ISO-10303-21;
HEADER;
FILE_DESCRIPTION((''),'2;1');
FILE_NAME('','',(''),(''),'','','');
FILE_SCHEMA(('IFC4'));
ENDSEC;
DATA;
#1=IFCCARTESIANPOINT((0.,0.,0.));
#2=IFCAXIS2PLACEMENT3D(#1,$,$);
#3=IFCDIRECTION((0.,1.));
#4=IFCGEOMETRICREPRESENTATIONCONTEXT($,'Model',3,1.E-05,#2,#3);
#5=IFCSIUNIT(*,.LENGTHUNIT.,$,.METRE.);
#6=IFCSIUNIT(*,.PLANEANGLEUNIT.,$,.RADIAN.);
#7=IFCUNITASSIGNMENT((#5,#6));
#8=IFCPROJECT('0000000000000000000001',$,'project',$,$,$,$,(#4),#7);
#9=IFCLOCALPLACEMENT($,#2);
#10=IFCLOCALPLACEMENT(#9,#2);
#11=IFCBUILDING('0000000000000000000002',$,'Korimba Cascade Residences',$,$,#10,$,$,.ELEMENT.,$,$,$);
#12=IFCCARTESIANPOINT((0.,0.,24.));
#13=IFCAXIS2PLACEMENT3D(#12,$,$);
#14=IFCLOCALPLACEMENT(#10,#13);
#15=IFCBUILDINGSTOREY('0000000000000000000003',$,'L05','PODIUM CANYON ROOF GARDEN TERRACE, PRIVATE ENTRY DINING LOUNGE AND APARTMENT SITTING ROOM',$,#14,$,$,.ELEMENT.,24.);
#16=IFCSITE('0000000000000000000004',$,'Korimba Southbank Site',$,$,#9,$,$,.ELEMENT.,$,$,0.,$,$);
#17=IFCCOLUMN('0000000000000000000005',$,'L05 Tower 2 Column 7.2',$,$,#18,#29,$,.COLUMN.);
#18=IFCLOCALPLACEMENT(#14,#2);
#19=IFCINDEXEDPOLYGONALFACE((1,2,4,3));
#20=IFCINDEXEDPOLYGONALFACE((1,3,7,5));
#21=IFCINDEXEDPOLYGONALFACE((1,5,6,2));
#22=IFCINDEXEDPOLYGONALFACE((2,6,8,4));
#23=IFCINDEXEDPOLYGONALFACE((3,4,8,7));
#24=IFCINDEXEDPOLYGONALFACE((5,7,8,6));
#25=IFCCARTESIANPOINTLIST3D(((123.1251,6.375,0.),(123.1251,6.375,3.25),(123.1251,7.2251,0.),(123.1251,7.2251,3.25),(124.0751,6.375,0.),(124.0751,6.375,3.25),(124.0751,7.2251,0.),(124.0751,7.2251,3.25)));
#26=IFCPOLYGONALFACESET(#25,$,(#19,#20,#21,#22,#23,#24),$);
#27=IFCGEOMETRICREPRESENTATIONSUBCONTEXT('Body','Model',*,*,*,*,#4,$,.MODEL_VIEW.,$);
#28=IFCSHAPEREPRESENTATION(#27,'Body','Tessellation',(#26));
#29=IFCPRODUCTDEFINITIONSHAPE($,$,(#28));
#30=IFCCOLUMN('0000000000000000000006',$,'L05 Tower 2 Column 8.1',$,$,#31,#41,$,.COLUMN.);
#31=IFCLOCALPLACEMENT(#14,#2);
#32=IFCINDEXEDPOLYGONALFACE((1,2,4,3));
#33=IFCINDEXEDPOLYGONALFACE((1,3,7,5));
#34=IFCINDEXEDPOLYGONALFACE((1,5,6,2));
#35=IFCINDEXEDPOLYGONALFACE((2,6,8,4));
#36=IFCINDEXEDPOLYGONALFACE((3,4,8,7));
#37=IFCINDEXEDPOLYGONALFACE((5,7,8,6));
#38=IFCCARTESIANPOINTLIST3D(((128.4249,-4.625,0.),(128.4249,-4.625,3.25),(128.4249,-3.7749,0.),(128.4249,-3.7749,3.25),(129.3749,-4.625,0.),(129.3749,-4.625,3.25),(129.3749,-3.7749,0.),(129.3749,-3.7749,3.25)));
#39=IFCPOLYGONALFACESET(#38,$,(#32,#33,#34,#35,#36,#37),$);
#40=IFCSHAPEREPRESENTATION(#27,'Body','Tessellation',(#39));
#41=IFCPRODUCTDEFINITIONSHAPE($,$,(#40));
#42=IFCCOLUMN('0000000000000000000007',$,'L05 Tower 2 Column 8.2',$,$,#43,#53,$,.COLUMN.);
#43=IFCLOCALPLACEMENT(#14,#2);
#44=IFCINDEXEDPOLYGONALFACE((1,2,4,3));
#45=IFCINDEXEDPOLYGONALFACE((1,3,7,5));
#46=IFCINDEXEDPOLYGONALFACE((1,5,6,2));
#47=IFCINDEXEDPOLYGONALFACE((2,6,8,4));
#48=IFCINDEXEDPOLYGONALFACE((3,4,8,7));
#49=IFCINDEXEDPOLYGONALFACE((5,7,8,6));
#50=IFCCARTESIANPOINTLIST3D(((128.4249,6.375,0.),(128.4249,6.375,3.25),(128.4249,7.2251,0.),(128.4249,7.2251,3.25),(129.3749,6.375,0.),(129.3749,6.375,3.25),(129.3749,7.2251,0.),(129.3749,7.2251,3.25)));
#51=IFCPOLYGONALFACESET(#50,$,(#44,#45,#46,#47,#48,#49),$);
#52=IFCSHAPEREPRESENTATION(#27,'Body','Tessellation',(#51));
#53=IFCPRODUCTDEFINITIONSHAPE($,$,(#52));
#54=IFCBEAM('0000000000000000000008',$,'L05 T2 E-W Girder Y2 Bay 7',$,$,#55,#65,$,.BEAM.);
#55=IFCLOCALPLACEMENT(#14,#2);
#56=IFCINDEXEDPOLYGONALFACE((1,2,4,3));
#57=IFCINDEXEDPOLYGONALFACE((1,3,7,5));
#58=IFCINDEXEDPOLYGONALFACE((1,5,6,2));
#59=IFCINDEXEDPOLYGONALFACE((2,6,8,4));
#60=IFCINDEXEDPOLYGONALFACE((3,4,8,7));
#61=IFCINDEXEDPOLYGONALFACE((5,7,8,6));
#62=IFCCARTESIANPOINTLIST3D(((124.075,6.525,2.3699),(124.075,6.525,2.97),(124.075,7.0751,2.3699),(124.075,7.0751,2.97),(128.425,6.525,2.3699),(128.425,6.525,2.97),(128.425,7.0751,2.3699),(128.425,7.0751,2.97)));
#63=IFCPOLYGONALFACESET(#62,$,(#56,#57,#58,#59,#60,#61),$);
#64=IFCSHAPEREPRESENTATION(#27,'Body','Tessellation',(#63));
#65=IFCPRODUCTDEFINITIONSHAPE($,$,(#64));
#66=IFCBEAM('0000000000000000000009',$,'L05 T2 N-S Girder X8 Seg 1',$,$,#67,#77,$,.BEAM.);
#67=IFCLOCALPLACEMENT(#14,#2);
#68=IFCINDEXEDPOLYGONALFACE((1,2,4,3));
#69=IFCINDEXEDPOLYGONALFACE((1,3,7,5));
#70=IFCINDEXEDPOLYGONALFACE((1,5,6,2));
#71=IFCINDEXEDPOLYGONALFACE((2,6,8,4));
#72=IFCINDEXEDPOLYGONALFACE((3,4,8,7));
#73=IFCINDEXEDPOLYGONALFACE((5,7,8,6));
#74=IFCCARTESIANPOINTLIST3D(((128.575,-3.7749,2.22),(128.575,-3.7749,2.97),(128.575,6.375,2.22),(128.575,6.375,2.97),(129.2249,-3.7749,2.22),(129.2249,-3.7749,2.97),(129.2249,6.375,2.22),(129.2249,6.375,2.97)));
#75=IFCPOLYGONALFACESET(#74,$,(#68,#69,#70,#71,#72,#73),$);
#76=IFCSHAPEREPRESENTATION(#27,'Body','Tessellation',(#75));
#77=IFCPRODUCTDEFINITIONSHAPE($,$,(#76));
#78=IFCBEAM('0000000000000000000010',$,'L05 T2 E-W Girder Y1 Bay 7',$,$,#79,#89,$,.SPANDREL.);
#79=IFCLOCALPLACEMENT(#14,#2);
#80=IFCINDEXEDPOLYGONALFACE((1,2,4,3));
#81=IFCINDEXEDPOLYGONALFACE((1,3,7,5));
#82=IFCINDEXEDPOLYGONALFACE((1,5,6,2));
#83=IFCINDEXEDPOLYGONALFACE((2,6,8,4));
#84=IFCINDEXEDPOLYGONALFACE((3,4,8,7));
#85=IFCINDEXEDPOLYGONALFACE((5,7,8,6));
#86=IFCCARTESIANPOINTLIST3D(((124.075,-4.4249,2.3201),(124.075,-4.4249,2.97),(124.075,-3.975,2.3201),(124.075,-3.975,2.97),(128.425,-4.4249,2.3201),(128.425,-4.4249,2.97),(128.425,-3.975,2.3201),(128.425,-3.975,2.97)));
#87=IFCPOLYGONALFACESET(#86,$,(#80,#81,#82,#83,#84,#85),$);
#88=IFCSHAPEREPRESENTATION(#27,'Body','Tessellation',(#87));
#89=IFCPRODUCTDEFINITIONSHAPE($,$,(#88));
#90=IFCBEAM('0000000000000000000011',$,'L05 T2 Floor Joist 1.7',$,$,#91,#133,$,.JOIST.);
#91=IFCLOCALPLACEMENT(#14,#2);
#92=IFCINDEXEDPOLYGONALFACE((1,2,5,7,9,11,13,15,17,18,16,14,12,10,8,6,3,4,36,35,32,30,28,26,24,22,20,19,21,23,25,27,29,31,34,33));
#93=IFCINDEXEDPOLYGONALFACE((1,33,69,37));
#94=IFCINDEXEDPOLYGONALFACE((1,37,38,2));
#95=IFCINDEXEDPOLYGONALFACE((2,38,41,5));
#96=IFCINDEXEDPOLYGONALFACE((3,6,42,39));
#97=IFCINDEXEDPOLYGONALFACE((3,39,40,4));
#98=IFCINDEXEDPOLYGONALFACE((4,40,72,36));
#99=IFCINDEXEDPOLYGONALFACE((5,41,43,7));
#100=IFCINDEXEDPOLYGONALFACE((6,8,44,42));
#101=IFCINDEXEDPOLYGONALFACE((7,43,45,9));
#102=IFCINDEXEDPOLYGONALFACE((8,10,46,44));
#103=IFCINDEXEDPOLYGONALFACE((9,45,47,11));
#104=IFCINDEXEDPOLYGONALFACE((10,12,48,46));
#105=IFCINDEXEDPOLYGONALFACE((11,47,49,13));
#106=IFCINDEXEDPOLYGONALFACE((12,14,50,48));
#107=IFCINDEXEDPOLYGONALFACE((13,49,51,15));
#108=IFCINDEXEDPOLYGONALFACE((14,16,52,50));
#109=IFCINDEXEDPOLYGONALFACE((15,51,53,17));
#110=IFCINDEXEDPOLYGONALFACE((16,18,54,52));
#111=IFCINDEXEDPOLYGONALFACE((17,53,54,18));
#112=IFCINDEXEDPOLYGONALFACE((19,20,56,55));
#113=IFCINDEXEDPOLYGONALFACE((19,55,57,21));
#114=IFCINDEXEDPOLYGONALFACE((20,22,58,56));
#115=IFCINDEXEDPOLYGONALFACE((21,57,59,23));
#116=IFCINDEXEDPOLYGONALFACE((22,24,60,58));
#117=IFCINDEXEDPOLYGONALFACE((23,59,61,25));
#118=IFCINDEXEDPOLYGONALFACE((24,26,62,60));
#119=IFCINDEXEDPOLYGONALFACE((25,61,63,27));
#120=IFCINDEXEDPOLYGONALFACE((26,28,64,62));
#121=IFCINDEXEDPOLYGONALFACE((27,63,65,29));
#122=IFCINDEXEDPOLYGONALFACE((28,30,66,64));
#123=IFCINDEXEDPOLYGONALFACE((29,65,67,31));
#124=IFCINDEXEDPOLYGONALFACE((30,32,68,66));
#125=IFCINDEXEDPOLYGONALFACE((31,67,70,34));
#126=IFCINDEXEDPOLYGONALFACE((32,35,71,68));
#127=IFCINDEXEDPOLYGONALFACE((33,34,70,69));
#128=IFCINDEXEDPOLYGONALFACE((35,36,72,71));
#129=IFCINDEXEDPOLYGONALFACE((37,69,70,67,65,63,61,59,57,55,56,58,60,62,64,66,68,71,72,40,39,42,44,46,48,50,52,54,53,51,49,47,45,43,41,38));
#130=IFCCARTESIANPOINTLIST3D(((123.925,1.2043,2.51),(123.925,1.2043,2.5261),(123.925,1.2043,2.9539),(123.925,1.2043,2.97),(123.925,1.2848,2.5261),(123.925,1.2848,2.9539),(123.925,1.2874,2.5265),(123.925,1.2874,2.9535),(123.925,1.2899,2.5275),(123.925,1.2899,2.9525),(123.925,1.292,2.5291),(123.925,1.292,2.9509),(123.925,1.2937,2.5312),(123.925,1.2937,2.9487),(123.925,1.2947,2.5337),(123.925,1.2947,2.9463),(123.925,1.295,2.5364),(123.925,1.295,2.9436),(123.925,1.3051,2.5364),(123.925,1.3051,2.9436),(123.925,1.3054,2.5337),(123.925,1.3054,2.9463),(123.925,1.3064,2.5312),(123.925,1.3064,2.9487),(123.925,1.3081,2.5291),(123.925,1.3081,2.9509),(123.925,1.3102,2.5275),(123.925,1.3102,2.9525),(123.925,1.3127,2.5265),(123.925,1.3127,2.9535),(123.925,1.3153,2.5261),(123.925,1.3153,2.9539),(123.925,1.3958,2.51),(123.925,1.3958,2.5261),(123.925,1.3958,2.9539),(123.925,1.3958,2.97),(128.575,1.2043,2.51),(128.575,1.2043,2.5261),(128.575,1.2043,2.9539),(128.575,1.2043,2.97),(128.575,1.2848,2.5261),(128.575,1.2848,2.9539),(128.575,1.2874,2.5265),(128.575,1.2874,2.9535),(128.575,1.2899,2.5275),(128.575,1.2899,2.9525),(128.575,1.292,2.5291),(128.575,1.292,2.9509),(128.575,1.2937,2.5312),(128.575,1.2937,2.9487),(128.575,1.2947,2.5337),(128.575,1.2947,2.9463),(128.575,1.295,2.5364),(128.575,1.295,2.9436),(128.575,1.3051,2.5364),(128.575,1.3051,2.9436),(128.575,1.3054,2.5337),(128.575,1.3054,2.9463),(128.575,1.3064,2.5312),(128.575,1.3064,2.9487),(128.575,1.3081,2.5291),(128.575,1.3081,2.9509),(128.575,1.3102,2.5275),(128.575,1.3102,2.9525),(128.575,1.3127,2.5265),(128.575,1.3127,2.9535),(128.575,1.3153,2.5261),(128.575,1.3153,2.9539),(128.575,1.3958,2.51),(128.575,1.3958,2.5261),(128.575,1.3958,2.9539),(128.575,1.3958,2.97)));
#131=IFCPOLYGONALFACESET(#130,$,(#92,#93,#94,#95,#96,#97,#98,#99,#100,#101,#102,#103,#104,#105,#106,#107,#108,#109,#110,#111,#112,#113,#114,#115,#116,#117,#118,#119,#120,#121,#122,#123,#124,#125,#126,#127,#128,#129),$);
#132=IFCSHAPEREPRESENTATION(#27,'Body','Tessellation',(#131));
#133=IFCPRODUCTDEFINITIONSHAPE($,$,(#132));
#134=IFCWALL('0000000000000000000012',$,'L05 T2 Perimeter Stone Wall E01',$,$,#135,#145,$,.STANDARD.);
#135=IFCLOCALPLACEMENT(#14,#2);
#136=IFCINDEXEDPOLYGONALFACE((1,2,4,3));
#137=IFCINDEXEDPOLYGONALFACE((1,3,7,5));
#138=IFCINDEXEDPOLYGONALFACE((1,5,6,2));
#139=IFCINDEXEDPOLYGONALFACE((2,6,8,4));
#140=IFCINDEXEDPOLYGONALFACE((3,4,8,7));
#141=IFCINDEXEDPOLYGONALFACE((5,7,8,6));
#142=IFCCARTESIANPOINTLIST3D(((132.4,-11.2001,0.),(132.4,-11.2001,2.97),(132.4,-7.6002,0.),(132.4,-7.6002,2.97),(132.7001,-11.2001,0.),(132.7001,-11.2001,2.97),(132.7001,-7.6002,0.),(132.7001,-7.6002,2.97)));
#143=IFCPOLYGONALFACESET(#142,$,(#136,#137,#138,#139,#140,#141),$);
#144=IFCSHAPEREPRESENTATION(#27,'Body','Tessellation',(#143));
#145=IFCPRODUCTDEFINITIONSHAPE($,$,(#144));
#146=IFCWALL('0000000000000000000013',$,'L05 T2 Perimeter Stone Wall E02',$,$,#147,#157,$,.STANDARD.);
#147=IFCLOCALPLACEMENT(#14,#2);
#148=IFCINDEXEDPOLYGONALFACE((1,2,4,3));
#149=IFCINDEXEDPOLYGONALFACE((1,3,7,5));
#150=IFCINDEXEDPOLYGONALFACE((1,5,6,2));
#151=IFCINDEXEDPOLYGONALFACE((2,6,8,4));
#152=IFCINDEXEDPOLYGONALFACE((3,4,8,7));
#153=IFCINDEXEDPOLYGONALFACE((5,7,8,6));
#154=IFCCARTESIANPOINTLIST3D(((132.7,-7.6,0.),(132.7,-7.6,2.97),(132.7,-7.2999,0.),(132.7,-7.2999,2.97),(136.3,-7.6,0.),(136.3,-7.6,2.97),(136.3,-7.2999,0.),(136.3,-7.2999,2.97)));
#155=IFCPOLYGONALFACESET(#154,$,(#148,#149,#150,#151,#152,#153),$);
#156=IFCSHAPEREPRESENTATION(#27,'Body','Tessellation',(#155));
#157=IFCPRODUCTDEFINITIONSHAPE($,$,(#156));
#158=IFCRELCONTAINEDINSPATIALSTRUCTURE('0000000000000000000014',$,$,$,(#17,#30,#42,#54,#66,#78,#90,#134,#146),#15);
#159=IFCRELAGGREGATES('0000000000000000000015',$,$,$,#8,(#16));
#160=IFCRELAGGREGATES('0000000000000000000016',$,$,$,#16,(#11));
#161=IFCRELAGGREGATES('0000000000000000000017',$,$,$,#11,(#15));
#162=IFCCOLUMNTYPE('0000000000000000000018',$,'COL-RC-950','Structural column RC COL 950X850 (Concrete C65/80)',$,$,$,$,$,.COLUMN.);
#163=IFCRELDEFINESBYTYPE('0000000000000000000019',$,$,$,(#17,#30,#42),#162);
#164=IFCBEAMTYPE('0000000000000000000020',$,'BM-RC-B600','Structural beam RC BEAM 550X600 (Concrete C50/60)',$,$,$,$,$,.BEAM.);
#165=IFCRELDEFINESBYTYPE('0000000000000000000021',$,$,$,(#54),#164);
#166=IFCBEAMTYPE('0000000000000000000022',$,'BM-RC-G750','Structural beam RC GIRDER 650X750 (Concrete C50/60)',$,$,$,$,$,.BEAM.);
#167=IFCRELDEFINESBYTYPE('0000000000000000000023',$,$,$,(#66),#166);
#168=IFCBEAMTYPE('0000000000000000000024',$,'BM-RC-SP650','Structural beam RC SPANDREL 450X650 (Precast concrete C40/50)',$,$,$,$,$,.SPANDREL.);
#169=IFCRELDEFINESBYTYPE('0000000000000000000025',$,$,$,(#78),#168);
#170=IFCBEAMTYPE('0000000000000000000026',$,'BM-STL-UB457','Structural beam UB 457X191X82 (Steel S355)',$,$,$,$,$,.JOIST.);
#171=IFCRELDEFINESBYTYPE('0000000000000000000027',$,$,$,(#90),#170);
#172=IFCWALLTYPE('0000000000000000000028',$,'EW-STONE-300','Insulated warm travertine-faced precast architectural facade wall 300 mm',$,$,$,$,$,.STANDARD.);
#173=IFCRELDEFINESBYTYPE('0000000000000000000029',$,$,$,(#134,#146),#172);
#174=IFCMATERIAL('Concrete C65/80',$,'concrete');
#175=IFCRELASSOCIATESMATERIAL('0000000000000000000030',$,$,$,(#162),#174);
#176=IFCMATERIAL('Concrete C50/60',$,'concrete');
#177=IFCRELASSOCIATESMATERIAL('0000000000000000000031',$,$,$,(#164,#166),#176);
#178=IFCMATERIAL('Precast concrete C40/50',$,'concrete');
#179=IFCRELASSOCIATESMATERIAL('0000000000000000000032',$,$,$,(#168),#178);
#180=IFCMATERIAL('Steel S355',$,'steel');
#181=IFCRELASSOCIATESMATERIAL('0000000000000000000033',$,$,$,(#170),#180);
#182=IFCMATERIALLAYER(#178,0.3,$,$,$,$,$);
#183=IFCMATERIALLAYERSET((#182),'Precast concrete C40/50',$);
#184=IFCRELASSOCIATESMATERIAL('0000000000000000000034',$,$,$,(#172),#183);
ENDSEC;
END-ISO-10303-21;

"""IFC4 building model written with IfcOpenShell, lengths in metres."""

from ifc_helpers import new_model, si_unit, direction, frame, frame_2d, origin, origin_2d, place, context, subcontext, project, spatial, rectangle, i_section, extrude, material, layer, layer_set, material_profile, profile_set, type_object, element, save


model = new_model("IFC4")

# Units and contexts
model_context = context("Model", 3, precision=1e-05, world=origin(), true_north=direction((0.0, 1.0)))
body_context = subcontext(model_context, "Body", "Model", "MODEL_VIEW")
ifc_project = project(units=[si_unit("LENGTHUNIT", "METRE"), si_unit("PLANEANGLEUNIT", "RADIAN")], contexts=[model_context])

# Site, building, storey
site_placement = place(None, origin())
site = spatial("IfcSite", under=ifc_project, at=site_placement, Name="Korimba Southbank Site", CompositionType="ELEMENT", RefElevation=0.0)
building_placement = place(site_placement, origin())
building = spatial("IfcBuilding", under=site, at=building_placement, Name="Korimba Cascade Residences", CompositionType="ELEMENT")
storey_placement = place(building_placement, frame((0.0, 0.0, 24.0)))
storey = spatial("IfcBuildingStorey", under=building, at=storey_placement, Name="L05", Description="PODIUM CANYON ROOF GARDEN TERRACE, PRIVATE ENTRY DINING LOUNGE AND APARTMENT SITTING ROOM", CompositionType="ELEMENT", Elevation=24.0)

# Columns
ifc_material_1 = material(Name="Concrete C65/80", Category="concrete")
ifc_material_profile_1 = material_profile(ifc_material_1, rectangle(XDim=0.95, YDim=0.8501, at=origin_2d()), Name="Concrete C65/80")
ifc_profile_set_1 = profile_set([ifc_material_profile_1], Name="Concrete C65/80")
column_type = type_object("IfcColumnType", Name="COL-RC-950", Description="Structural column RC COL 950X850 (Concrete C65/80)", PredefinedType="COLUMN", material=ifc_profile_set_1)
for number, where, z_axis, x_axis, name in (
    (1, (123.6001, 6.8, 0.0), (0.0, 0.0, 1.0), (1.0, 0.0, 0.0), "L05 Tower 2 Column 7.2"),
    (2, (128.8999, -4.2, 0.0), (0.0, 0.0, 1.0), (1.0, 0.0, 0.0), "L05 Tower 2 Column 8.1"),
    (3, (128.8999, 6.8, 0.0), (0.0, 0.0, 1.0), (1.0, 0.0, 0.0), "L05 Tower 2 Column 8.2"),
):
    element("IfcColumn", number, at=place(storey_placement, frame(where, z_axis=z_axis, x_axis=x_axis)), inside=storey, type_object=column_type, Name=name, PredefinedType="COLUMN", context=body_context, shape_type="SweptSolid", body=[
        extrude(rectangle(XDim=0.95, YDim=0.8501, at=origin_2d()), origin(), (0.0, 0.0, 1.0), 3.25),
    ])

# Beams
ifc_material_2 = material(Name="Concrete C50/60", Category="concrete")
ifc_material_profile_2 = material_profile(ifc_material_2, rectangle(XDim=0.55, YDim=0.6001, at=origin_2d()), Name="Concrete C50/60")
ifc_profile_set_2 = profile_set([ifc_material_profile_2], Name="Concrete C50/60")
beam_type_1 = type_object("IfcBeamType", Name="BM-RC-B600", Description="Structural beam RC BEAM 550X600 (Concrete C50/60)", PredefinedType="BEAM", material=ifc_profile_set_2)
beam_1_placement = place(storey_placement, frame((124.075, 6.8, 2.6699), z_axis=(1.0, 0.0, 0.0), x_axis=(0.0, 1.0, 0.0)))
element("IfcBeam", 4, at=beam_1_placement, inside=storey, type_object=beam_type_1, Name="L05 T2 E-W Girder Y2 Bay 7", PredefinedType="BEAM", context=body_context, shape_type="SweptSolid", body=[
    extrude(rectangle(XDim=0.55, YDim=0.6001, at=origin_2d()), origin(), (0.0, 0.0, 1.0), 4.3501),
])
ifc_material_profile_3 = material_profile(ifc_material_2, rectangle(XDim=0.6499, YDim=0.75, at=origin_2d()), Name="Concrete C50/60")
ifc_profile_set_3 = profile_set([ifc_material_profile_3], Name="Concrete C50/60")
beam_type_2 = type_object("IfcBeamType", Name="BM-RC-G750", Description="Structural beam RC GIRDER 650X750 (Concrete C50/60)", PredefinedType="BEAM", material=ifc_profile_set_3)
beam_2_placement = place(storey_placement, frame((128.8999, -3.7749, 2.595), z_axis=(0.0, 1.0, 0.0), x_axis=(-1.0, 0.0, 0.0)))
element("IfcBeam", 5, at=beam_2_placement, inside=storey, type_object=beam_type_2, Name="L05 T2 N-S Girder X8 Seg 1", PredefinedType="BEAM", context=body_context, shape_type="SweptSolid", body=[
    extrude(rectangle(XDim=0.6499, YDim=0.75, at=origin_2d()), origin(), (0.0, 0.0, 1.0), 10.1499),
])
ifc_material_3 = material(Name="Precast concrete C40/50", Category="concrete")
ifc_material_profile_4 = material_profile(ifc_material_3, rectangle(XDim=0.45, YDim=0.6499, at=origin_2d()), Name="Precast concrete C40/50")
ifc_profile_set_4 = profile_set([ifc_material_profile_4], Name="Precast concrete C40/50")
beam_type_3 = type_object("IfcBeamType", Name="BM-RC-SP650", Description="Structural beam RC SPANDREL 450X650 (Precast concrete C40/50)", PredefinedType="SPANDREL", material=ifc_profile_set_4)
beam_3_placement = place(storey_placement, frame((124.075, -4.2, 2.645), z_axis=(1.0, 0.0, 0.0), x_axis=(0.0, 1.0, 0.0)))
element("IfcBeam", 6, at=beam_3_placement, inside=storey, type_object=beam_type_3, Name="L05 T2 E-W Girder Y1 Bay 7", PredefinedType="SPANDREL", context=body_context, shape_type="SweptSolid", body=[
    extrude(rectangle(XDim=0.45, YDim=0.6499, at=origin_2d()), origin(), (0.0, 0.0, 1.0), 4.3501),
])
ifc_material_4 = material(Name="Steel S355", Category="steel")
ifc_material_profile_5 = material_profile(ifc_material_4, i_section(OverallWidth=0.1914, OverallDepth=0.46, WebThickness=0.01, FlangeThickness=0.0161, FilletRadius=0.0103, at=origin_2d()), Name="Steel S355")
ifc_profile_set_5 = profile_set([ifc_material_profile_5], Name="Steel S355")
beam_type_4 = type_object("IfcBeamType", Name="BM-STL-UB457", Description="Structural beam UB 457X191X82 (Steel S355)", PredefinedType="JOIST", material=ifc_profile_set_5)
beam_4_placement = place(storey_placement, frame((123.925, 1.3, 2.74), z_axis=(1.0, 0.0, 0.0), x_axis=(0.0, 1.0, 0.0)))
element("IfcBeam", 7, at=beam_4_placement, inside=storey, type_object=beam_type_4, Name="L05 T2 Floor Joist 1.7", PredefinedType="JOIST", context=body_context, shape_type="SweptSolid", body=[
    extrude(i_section(OverallWidth=0.1914, OverallDepth=0.46, WebThickness=0.01, FlangeThickness=0.0161, FilletRadius=0.0103, at=origin_2d()), origin(), (0.0, 0.0, 1.0), 4.6499),
])

# Walls
ifc_layer_1 = layer(ifc_material_3, 0.3)
ifc_layer_set_1 = layer_set([ifc_layer_1], Name="Precast concrete C40/50")
wall_type_1 = type_object("IfcWallType", Name="EW-STONE-300", Description="Insulated warm travertine-faced precast architectural facade wall 300 mm", PredefinedType="STANDARD", material=ifc_layer_set_1)
wall_1_placement = place(storey_placement, frame((132.55, -11.2, 0.0), z_axis=(0.0, 0.0, 1.0), x_axis=(0.0, 1.0, 0.0)))
element("IfcWall", 8, at=wall_1_placement, inside=storey, type_object=wall_type_1, Name="L05 T2 Perimeter Stone Wall E01", PredefinedType="STANDARD", context=body_context, shape_type="SweptSolid", body=[
    extrude(rectangle(XDim=3.5999, YDim=0.3, at=frame_2d((1.7998, 0.0))), origin(), (0.0, 0.0, 1.0), 2.97),
])
wall_2_placement = place(storey_placement, frame((132.7, -7.45, 0.0), z_axis=(0.0, 0.0, 1.0), x_axis=(1.0, 0.0, 0.0)))
element("IfcWall", 9, at=wall_2_placement, inside=storey, type_object=wall_type_1, Name="L05 T2 Perimeter Stone Wall E02", PredefinedType="STANDARD", context=body_context, shape_type="SweptSolid", body=[
    extrude(rectangle(XDim=3.6001, YDim=0.3, at=frame_2d((1.8, 0.0))), origin(), (0.0, 0.0, 1.0), 2.97),
])

save(model, "model.ifc")
